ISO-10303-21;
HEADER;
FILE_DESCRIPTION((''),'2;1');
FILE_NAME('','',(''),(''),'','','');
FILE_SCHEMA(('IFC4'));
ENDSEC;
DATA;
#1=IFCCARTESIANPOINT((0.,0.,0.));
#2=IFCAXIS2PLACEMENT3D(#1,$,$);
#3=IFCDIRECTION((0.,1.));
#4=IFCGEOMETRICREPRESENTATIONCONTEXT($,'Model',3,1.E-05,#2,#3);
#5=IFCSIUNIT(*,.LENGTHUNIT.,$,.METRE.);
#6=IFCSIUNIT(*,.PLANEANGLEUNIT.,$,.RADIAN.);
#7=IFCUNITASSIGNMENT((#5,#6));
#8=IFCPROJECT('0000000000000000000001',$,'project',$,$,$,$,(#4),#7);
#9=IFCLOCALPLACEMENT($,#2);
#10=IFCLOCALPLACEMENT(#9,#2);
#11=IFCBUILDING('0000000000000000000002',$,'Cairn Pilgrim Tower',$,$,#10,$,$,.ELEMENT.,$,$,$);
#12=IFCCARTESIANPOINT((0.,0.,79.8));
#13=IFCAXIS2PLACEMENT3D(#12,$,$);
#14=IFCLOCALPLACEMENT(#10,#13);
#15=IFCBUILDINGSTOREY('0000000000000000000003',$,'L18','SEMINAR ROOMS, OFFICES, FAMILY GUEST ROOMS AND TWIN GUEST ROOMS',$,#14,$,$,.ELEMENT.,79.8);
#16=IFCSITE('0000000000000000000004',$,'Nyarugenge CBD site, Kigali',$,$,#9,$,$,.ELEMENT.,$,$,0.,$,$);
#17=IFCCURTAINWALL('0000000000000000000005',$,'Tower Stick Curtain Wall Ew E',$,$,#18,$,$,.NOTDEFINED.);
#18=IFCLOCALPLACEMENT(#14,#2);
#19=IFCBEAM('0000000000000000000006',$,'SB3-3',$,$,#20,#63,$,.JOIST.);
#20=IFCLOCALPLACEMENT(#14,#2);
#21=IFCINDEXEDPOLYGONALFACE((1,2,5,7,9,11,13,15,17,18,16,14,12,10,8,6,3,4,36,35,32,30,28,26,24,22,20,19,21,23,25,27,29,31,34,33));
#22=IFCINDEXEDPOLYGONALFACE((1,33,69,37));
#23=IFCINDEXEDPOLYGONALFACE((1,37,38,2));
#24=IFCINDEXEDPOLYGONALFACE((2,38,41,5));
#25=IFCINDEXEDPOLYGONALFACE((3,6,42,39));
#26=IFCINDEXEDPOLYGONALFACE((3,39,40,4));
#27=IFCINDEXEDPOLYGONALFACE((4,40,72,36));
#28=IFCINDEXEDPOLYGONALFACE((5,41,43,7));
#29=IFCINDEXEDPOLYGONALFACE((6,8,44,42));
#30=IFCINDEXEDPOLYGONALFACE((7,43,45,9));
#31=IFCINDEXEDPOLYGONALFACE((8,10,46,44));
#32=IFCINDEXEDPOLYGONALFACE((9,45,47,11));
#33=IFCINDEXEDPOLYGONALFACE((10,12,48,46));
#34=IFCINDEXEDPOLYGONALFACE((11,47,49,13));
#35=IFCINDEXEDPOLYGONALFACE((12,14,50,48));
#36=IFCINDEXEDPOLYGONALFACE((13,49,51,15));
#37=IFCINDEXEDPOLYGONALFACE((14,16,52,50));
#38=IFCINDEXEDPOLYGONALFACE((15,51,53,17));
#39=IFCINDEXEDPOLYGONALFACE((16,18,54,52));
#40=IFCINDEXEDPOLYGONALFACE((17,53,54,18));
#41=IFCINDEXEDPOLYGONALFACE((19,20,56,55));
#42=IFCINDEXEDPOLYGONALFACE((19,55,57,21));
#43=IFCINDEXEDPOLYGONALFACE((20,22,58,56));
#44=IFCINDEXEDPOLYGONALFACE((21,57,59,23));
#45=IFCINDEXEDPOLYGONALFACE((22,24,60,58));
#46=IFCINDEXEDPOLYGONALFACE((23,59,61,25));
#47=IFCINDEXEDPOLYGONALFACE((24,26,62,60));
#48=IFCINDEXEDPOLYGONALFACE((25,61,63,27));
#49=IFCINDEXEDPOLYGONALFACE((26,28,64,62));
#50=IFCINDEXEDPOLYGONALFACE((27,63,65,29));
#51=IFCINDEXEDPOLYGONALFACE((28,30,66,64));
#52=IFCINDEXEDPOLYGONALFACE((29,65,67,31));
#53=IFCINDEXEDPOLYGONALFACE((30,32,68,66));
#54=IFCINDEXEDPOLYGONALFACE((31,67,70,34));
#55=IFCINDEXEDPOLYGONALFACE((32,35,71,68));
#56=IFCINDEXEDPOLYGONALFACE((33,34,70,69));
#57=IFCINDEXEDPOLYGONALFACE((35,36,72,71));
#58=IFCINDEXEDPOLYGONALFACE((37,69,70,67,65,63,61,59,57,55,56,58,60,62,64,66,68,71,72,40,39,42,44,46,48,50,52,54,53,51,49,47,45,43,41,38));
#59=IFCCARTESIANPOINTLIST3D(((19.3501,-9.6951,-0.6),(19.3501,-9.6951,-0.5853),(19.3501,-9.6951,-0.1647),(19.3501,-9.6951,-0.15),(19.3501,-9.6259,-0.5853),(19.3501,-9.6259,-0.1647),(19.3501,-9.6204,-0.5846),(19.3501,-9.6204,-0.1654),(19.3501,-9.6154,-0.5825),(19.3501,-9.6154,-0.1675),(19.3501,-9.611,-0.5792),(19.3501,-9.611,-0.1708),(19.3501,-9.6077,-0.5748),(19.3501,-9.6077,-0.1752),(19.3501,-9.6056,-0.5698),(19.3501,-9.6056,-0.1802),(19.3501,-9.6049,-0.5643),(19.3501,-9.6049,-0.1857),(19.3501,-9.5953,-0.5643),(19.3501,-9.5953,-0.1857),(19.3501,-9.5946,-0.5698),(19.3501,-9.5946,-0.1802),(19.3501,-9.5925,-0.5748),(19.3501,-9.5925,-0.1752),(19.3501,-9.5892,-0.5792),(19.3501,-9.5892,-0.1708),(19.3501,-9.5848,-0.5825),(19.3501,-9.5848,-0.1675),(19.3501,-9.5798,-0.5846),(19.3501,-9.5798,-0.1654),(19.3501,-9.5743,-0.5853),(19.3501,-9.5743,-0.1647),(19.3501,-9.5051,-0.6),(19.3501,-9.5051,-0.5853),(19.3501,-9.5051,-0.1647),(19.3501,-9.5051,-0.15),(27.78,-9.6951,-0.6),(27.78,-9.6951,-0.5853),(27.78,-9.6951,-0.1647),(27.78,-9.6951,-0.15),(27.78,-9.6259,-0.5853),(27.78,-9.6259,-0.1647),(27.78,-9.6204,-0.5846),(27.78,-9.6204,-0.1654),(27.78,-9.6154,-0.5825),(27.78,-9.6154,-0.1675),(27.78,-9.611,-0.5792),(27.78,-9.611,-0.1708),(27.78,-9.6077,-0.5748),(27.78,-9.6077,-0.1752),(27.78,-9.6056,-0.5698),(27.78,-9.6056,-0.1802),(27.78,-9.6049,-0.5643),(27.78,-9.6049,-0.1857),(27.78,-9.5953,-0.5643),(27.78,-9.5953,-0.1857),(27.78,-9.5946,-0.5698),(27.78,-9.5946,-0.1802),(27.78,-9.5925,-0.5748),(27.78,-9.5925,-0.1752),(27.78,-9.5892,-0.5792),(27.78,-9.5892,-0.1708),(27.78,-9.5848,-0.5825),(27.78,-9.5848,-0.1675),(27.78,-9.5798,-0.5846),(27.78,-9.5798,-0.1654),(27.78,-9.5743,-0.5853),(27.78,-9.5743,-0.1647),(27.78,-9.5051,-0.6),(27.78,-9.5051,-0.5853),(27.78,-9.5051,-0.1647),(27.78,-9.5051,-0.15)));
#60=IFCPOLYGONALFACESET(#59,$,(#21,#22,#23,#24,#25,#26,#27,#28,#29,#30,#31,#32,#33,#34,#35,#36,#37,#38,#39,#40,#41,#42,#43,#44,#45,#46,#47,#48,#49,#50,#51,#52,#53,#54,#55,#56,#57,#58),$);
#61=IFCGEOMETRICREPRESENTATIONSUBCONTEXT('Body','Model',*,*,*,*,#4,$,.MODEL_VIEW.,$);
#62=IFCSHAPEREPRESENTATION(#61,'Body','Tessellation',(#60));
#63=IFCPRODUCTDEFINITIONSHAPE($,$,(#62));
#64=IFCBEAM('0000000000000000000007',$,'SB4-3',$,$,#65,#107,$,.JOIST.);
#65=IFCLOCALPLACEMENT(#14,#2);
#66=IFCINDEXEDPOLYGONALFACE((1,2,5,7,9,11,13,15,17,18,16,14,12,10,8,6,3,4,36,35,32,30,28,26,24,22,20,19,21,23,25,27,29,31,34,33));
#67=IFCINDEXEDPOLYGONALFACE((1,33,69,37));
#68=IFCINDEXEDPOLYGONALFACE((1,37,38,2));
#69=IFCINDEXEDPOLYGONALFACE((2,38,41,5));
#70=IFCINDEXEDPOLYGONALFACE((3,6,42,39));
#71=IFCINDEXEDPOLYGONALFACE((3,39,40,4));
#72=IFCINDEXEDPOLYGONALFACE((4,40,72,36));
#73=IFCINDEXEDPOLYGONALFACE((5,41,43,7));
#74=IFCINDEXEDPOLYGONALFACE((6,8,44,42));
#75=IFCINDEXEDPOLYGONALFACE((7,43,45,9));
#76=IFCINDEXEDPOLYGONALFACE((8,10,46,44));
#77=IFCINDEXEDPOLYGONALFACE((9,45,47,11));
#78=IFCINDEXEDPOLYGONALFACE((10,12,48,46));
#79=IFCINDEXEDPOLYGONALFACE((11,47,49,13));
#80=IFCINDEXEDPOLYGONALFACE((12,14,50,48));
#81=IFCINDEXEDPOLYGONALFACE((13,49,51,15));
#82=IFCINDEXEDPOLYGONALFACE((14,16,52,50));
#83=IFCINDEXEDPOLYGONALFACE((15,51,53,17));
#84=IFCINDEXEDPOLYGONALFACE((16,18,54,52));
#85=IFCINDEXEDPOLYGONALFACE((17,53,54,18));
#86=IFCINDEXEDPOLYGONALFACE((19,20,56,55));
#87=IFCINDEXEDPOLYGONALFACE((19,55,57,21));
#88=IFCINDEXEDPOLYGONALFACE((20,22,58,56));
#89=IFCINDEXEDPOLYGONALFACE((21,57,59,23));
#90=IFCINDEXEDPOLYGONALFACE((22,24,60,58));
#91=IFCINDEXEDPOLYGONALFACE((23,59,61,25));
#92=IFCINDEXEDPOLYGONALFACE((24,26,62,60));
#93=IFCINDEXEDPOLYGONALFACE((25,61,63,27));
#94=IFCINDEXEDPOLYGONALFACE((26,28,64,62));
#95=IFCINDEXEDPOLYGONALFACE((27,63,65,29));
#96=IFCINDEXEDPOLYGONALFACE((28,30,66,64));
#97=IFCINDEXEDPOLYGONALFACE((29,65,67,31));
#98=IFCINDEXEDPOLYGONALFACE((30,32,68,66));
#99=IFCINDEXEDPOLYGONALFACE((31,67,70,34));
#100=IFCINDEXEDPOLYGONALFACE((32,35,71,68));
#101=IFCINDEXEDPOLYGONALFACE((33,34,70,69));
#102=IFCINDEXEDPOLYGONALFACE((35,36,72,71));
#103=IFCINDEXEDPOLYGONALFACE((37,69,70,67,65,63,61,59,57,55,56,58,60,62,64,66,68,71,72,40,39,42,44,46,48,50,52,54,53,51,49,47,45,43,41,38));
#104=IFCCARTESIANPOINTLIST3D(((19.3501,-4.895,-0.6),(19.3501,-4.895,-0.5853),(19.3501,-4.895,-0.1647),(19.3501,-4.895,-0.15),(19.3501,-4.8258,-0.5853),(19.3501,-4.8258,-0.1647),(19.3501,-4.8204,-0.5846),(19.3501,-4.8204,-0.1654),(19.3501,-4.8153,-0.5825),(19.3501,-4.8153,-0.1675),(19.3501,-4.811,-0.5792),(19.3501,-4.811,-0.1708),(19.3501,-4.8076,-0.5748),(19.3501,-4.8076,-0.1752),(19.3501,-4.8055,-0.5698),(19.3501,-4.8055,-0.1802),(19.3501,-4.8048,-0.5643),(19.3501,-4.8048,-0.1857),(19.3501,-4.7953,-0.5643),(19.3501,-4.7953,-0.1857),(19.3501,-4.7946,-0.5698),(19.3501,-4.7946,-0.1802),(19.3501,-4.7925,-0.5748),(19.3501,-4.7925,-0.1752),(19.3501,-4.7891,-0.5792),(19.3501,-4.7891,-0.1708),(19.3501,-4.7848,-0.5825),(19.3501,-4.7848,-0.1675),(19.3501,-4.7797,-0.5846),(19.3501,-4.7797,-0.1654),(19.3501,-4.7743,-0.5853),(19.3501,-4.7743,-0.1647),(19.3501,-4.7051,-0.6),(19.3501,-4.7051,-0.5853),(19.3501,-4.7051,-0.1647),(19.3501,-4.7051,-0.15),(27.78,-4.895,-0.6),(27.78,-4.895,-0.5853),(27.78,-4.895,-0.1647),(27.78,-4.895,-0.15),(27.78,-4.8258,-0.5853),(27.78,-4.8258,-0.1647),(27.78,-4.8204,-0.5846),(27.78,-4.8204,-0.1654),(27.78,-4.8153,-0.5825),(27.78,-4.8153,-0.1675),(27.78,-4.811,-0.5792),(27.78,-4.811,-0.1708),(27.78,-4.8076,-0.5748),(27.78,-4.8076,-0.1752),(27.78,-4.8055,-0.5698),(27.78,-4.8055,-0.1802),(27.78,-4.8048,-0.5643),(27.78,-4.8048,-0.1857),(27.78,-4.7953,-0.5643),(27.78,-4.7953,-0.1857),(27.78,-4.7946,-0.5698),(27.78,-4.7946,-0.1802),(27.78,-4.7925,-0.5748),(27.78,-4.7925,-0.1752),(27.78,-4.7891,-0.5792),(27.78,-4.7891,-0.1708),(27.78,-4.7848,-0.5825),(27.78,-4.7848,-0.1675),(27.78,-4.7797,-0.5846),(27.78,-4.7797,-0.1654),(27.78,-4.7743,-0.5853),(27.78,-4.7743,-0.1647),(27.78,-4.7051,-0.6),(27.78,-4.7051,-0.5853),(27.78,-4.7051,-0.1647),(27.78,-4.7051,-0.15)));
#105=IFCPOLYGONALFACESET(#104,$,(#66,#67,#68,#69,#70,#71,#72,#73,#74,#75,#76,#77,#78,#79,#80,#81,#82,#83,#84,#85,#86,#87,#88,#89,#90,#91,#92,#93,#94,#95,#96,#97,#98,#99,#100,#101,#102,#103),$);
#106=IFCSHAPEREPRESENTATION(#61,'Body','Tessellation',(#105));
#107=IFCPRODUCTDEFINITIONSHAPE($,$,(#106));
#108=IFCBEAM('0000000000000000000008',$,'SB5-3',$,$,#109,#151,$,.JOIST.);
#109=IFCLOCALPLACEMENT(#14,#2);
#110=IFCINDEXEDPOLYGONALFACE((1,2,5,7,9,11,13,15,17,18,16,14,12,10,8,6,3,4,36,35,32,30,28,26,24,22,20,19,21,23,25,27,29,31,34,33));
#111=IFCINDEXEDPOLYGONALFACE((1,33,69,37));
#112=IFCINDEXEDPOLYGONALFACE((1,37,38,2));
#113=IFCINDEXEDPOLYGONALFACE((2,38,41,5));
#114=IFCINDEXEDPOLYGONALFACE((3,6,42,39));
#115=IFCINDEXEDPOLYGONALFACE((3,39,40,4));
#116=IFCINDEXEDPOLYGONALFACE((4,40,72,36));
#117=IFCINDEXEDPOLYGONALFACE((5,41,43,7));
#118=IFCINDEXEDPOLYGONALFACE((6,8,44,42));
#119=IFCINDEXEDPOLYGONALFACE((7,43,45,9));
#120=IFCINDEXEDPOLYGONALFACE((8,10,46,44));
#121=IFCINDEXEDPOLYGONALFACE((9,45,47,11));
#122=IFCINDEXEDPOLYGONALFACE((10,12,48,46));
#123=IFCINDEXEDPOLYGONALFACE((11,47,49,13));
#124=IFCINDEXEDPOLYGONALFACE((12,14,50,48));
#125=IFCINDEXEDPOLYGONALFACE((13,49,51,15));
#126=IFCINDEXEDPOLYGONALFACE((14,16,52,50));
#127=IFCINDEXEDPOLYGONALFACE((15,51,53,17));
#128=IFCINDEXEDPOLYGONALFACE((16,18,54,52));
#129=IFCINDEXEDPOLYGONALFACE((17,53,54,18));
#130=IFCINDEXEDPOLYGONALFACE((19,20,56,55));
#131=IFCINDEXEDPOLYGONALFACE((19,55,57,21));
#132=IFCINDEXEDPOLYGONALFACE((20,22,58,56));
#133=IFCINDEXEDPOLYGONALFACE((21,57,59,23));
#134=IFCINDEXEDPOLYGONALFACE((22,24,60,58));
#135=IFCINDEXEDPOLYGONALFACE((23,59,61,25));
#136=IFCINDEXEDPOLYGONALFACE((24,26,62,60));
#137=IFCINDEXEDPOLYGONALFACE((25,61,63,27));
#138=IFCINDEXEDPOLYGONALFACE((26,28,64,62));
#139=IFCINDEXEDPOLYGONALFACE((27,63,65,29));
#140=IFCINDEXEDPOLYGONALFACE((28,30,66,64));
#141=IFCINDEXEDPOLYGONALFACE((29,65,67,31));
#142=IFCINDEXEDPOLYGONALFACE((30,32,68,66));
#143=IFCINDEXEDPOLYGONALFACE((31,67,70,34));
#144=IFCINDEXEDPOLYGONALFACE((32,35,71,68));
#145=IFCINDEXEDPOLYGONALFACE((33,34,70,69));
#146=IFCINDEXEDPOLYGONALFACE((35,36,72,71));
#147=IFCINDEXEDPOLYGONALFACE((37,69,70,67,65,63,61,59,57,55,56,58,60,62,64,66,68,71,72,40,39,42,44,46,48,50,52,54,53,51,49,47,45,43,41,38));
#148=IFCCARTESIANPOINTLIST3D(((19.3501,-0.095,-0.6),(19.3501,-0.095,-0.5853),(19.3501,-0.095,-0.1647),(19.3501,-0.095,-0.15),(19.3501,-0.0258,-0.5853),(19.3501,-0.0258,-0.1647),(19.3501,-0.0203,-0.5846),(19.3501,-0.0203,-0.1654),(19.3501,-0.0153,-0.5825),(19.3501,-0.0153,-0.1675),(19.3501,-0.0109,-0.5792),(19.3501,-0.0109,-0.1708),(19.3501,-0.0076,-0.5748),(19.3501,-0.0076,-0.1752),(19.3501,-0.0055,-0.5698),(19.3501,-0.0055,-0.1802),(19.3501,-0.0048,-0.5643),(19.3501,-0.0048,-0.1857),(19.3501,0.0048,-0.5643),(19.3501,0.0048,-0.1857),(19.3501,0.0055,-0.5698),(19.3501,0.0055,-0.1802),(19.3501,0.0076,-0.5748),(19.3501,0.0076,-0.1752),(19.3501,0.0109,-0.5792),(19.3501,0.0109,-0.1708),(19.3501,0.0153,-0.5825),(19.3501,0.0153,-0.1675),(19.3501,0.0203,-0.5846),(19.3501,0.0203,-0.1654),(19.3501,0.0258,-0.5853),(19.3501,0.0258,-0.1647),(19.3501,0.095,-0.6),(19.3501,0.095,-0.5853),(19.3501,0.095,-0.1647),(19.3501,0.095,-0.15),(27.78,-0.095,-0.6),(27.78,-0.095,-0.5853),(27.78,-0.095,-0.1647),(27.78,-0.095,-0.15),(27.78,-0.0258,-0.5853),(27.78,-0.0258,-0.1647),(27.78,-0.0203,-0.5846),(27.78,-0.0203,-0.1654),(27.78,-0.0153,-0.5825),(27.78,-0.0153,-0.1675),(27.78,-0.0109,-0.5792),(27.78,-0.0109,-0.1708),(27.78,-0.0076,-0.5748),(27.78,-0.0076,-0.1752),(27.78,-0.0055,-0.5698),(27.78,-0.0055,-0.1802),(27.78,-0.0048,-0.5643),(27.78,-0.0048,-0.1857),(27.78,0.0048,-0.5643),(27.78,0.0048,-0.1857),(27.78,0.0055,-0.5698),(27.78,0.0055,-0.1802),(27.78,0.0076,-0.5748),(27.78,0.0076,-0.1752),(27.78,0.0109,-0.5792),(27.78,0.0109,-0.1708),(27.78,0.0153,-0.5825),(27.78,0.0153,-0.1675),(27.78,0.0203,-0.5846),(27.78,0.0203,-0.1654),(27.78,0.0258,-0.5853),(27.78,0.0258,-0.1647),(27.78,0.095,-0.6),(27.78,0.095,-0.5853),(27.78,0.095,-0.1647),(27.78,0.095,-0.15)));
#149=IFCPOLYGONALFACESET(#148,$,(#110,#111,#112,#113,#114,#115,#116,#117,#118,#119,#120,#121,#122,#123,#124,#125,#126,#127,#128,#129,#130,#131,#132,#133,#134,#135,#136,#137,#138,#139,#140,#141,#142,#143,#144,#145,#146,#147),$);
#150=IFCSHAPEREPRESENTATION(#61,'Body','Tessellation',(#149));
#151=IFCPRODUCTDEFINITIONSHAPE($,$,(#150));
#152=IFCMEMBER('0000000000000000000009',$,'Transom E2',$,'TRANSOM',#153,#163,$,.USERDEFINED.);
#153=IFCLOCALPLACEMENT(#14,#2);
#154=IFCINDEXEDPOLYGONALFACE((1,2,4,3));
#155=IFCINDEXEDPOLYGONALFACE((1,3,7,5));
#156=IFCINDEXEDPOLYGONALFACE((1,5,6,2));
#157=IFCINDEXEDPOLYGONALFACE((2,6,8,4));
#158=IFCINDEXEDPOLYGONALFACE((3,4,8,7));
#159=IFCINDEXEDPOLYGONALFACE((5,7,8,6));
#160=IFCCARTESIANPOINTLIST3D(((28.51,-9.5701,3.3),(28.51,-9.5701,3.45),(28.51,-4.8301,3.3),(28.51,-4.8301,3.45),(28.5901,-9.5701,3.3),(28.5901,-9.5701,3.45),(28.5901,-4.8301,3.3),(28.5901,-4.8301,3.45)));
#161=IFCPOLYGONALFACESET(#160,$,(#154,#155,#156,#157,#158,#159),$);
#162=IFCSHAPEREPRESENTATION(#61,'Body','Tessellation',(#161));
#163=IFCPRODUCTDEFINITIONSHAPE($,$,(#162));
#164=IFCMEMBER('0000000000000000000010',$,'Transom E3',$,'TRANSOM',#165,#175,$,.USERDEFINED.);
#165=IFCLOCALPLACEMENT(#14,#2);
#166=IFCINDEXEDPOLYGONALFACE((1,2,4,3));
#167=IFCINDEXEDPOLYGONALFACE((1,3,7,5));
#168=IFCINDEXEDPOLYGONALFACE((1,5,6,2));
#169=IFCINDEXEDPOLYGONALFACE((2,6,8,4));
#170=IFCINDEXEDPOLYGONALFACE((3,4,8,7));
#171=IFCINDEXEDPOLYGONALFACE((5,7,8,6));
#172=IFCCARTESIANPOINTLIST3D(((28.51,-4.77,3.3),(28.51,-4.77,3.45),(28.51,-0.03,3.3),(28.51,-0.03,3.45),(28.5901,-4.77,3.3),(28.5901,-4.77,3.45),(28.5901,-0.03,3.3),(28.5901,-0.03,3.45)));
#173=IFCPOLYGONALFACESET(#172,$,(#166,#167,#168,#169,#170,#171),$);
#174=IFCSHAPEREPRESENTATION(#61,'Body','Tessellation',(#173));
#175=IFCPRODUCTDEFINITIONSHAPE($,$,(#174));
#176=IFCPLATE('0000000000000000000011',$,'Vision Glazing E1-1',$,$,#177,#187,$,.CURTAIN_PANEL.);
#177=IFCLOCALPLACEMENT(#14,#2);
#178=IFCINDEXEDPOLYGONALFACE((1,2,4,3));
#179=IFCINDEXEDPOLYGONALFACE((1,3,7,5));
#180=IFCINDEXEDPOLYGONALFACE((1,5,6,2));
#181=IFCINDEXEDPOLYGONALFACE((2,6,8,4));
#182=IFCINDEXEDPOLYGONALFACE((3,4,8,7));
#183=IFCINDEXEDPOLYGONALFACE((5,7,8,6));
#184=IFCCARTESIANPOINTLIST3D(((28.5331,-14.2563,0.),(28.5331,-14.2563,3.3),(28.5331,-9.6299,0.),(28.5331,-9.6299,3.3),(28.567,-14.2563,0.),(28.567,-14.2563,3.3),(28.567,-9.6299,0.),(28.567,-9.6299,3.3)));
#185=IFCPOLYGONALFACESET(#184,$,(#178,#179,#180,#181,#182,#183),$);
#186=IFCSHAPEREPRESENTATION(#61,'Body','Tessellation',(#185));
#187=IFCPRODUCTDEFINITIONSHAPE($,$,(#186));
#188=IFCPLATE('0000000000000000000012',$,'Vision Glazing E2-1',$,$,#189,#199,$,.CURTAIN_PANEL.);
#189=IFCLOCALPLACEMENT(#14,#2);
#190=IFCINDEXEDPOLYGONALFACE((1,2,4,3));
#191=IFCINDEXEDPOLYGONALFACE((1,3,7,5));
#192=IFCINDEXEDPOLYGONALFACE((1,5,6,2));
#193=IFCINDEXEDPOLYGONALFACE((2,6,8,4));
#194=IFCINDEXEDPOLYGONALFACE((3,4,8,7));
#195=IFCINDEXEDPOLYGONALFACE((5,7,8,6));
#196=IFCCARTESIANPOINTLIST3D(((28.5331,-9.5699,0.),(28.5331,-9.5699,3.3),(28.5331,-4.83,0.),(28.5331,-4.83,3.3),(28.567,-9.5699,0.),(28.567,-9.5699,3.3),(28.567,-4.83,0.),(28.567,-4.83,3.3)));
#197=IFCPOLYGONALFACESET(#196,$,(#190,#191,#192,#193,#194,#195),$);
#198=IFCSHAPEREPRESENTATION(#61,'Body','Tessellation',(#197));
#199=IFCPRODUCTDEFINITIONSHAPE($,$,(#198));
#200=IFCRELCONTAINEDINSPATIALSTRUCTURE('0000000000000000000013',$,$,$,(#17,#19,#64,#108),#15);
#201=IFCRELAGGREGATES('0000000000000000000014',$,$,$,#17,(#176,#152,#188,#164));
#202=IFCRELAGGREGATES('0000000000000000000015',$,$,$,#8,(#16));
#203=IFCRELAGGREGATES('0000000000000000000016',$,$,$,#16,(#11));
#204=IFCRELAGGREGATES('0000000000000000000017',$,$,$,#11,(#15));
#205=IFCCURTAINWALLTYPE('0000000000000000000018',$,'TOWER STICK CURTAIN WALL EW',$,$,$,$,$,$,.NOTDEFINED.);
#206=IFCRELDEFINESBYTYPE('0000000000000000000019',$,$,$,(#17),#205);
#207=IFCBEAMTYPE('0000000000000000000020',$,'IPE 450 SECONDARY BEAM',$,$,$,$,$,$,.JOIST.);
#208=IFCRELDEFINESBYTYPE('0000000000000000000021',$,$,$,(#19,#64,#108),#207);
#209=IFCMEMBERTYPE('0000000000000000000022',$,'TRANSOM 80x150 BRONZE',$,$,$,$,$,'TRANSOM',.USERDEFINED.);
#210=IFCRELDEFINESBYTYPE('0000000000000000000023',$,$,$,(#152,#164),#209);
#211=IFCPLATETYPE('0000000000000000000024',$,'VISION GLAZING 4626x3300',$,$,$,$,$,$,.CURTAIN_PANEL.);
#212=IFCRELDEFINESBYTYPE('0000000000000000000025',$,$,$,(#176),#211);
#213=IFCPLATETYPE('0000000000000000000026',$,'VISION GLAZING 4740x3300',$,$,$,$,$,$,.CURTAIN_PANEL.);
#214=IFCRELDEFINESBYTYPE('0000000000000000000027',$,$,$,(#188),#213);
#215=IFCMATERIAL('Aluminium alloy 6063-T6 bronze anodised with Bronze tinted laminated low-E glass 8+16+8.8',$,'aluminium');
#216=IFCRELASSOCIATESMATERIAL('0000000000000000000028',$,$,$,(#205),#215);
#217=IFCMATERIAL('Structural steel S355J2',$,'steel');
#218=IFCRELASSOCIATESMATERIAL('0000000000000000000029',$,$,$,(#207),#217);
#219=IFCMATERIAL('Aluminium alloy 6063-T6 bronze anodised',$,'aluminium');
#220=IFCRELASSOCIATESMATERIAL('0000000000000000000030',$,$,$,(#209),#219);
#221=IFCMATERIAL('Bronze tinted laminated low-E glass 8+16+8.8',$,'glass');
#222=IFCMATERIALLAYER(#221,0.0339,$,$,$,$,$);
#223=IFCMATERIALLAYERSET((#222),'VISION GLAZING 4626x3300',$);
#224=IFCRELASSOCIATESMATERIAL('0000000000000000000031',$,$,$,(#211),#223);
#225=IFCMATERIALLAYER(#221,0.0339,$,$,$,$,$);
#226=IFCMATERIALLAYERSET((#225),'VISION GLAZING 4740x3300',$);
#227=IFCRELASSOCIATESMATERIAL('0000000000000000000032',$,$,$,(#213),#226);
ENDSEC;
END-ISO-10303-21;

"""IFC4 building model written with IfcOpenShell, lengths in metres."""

from ifc_helpers import new_model, si_unit, direction, frame, origin, origin_2d, place, context, subcontext, project, spatial, rectangle, i_section, extrude, material, layer, layer_set, material_profile, profile_set, type_object, element, aggregate, save


model = new_model("IFC4")

# Units and contexts
model_context = context("Model", 3, precision=1e-05, world=origin(), true_north=direction((0.0, 1.0)))
body_context = subcontext(model_context, "Body", "Model", "MODEL_VIEW")
ifc_project = project(units=[si_unit("LENGTHUNIT", "METRE"), si_unit("PLANEANGLEUNIT", "RADIAN")], contexts=[model_context])

# Site, building, storey
site_placement = place(None, origin())
site = spatial("IfcSite", under=ifc_project, at=site_placement, Name="Nyarugenge CBD site, Kigali", CompositionType="ELEMENT", RefElevation=0.0)
building_placement = place(site_placement, origin())
building = spatial("IfcBuilding", under=site, at=building_placement, Name="Cairn Pilgrim Tower", CompositionType="ELEMENT")
storey_placement = place(building_placement, frame((0.0, 0.0, 79.8)))
storey = spatial("IfcBuildingStorey", under=building, at=storey_placement, Name="L18", Description="SEMINAR ROOMS, OFFICES, FAMILY GUEST ROOMS AND TWIN GUEST ROOMS", CompositionType="ELEMENT", Elevation=79.8)

# Curtain wall
ifc_material_1 = material(Name="Aluminium alloy 6063-T6 bronze anodised with Bronze tinted laminated low-E glass 8+16+8.8", Category="aluminium")
curtain_wall_type = type_object("IfcCurtainWallType", Name="TOWER STICK CURTAIN WALL EW", PredefinedType="NOTDEFINED", material=ifc_material_1)
curtain_wall_placement = place(storey_placement, origin())
curtain_wall = element("IfcCurtainWall", 1, at=curtain_wall_placement, inside=storey, type_object=curtain_wall_type, Name="Tower Stick Curtain Wall Ew E", PredefinedType="NOTDEFINED")
ifc_material_2 = material(Name="Aluminium alloy 6063-T6 bronze anodised", Category="aluminium")

# Beams
ifc_material_3 = material(Name="Structural steel S355J2", Category="steel")
ifc_material_profile_1 = material_profile(ifc_material_3, i_section(OverallWidth=0.1899, OverallDepth=0.45, WebThickness=0.0095, FlangeThickness=0.0146, FilletRadius=0.021, at=origin_2d()), Name="IPE 450")
ifc_profile_set_1 = profile_set([ifc_material_profile_1], Name="Structural steel S355J2")
beam_type_1 = type_object("IfcBeamType", Name="IPE 450 SECONDARY BEAM", PredefinedType="JOIST", material=ifc_profile_set_1)
for number, where, z_axis, x_axis, name in (
    (2, (19.3501, -9.6001, -0.375), (1.0, 0.0, 0.0), (0.0, 1.0, 0.0), "SB3-3"),
    (3, (19.3501, -4.8, -0.375), (1.0, 0.0, 0.0), (0.0, 1.0, 0.0), "SB4-3"),
    (4, (19.3501, 0.0, -0.375), (1.0, 0.0, 0.0), (0.0, 1.0, 0.0), "SB5-3"),
):
    element("IfcBeam", number, at=place(storey_placement, frame(where, z_axis=z_axis, x_axis=x_axis)), inside=storey, type_object=beam_type_1, Name=name, PredefinedType="JOIST", context=body_context, shape_type="SweptSolid", body=[
        extrude(i_section(OverallWidth=0.1899, OverallDepth=0.45, WebThickness=0.0095, FlangeThickness=0.0146, FilletRadius=0.021, at=origin_2d()), origin(), (0.0, 0.0, 1.0), 8.4299),
    ])

# Members
ifc_material_profile_2 = material_profile(ifc_material_2, rectangle(XDim=0.0801, YDim=0.1499, at=origin_2d()), Name="TRANSOM 80x150 BRONZE")
ifc_profile_set_2 = profile_set([ifc_material_profile_2], Name="Aluminium alloy 6063-T6 bronze anodised")
member_type_1 = type_object("IfcMemberType", Name="TRANSOM 80x150 BRONZE", ElementType="TRANSOM", PredefinedType="USERDEFINED", material=ifc_profile_set_2)
member_1_placement = place(storey_placement, frame((28.55, -9.5701, 3.375), z_axis=(0.0, 1.0, 0.0), x_axis=(-1.0, 0.0, 0.0)))
member_1 = element("IfcMember", 5, at=member_1_placement, type_object=member_type_1, Name="Transom E2", ObjectType="TRANSOM", PredefinedType="USERDEFINED", context=body_context, shape_type="SweptSolid", body=[
    extrude(rectangle(XDim=0.0801, YDim=0.1499, at=origin_2d()), origin(), (0.0, 0.0, 1.0), 4.74),
])
member_2_placement = place(storey_placement, frame((28.55, -4.77, 3.375), z_axis=(0.0, 1.0, 0.0), x_axis=(-1.0, 0.0, 0.0)))
member_2 = element("IfcMember", 6, at=member_2_placement, type_object=member_type_1, Name="Transom E3", ObjectType="TRANSOM", PredefinedType="USERDEFINED", context=body_context, shape_type="SweptSolid", body=[
    extrude(rectangle(XDim=0.0801, YDim=0.1499, at=origin_2d()), origin(), (0.0, 0.0, 1.0), 4.74),
])

# Plates
ifc_material_4 = material(Name="Bronze tinted laminated low-E glass 8+16+8.8", Category="glass")
ifc_layer_1 = layer(ifc_material_4, 0.0339)
ifc_layer_set_1 = layer_set([ifc_layer_1], Name="VISION GLAZING 4626x3300")
plate_type_1 = type_object("IfcPlateType", Name="VISION GLAZING 4626x3300", PredefinedType="CURTAIN_PANEL", material=ifc_layer_set_1)
plate_1_placement = place(storey_placement, frame((28.55, -11.9431, 0.0), z_axis=(0.0, 0.0, 1.0), x_axis=(0.0, 1.0, 0.0)))
plate_1 = element("IfcPlate", 7, at=plate_1_placement, type_object=plate_type_1, Name="Vision Glazing E1-1", PredefinedType="CURTAIN_PANEL", context=body_context, shape_type="SweptSolid", body=[
    extrude(rectangle(XDim=4.6265, YDim=0.0339, at=origin_2d()), origin(), (0.0, 0.0, 1.0), 3.3),
])
ifc_layer_2 = layer(ifc_material_4, 0.0339)
ifc_layer_set_2 = layer_set([ifc_layer_2], Name="VISION GLAZING 4740x3300")
plate_type_2 = type_object("IfcPlateType", Name="VISION GLAZING 4740x3300", PredefinedType="CURTAIN_PANEL", material=ifc_layer_set_2)
plate_2_placement = place(storey_placement, frame((28.55, -7.2, 0.0), z_axis=(0.0, 0.0, 1.0), x_axis=(0.0, 1.0, 0.0)))
plate_2 = element("IfcPlate", 8, at=plate_2_placement, type_object=plate_type_2, Name="Vision Glazing E2-1", PredefinedType="CURTAIN_PANEL", context=body_context, shape_type="SweptSolid", body=[
    extrude(rectangle(XDim=4.74, YDim=0.0339, at=origin_2d()), origin(), (0.0, 0.0, 1.0), 3.3),
])
aggregate(curtain_wall, [plate_1, member_1, plate_2, member_2])

save(model, "model.ifc")
